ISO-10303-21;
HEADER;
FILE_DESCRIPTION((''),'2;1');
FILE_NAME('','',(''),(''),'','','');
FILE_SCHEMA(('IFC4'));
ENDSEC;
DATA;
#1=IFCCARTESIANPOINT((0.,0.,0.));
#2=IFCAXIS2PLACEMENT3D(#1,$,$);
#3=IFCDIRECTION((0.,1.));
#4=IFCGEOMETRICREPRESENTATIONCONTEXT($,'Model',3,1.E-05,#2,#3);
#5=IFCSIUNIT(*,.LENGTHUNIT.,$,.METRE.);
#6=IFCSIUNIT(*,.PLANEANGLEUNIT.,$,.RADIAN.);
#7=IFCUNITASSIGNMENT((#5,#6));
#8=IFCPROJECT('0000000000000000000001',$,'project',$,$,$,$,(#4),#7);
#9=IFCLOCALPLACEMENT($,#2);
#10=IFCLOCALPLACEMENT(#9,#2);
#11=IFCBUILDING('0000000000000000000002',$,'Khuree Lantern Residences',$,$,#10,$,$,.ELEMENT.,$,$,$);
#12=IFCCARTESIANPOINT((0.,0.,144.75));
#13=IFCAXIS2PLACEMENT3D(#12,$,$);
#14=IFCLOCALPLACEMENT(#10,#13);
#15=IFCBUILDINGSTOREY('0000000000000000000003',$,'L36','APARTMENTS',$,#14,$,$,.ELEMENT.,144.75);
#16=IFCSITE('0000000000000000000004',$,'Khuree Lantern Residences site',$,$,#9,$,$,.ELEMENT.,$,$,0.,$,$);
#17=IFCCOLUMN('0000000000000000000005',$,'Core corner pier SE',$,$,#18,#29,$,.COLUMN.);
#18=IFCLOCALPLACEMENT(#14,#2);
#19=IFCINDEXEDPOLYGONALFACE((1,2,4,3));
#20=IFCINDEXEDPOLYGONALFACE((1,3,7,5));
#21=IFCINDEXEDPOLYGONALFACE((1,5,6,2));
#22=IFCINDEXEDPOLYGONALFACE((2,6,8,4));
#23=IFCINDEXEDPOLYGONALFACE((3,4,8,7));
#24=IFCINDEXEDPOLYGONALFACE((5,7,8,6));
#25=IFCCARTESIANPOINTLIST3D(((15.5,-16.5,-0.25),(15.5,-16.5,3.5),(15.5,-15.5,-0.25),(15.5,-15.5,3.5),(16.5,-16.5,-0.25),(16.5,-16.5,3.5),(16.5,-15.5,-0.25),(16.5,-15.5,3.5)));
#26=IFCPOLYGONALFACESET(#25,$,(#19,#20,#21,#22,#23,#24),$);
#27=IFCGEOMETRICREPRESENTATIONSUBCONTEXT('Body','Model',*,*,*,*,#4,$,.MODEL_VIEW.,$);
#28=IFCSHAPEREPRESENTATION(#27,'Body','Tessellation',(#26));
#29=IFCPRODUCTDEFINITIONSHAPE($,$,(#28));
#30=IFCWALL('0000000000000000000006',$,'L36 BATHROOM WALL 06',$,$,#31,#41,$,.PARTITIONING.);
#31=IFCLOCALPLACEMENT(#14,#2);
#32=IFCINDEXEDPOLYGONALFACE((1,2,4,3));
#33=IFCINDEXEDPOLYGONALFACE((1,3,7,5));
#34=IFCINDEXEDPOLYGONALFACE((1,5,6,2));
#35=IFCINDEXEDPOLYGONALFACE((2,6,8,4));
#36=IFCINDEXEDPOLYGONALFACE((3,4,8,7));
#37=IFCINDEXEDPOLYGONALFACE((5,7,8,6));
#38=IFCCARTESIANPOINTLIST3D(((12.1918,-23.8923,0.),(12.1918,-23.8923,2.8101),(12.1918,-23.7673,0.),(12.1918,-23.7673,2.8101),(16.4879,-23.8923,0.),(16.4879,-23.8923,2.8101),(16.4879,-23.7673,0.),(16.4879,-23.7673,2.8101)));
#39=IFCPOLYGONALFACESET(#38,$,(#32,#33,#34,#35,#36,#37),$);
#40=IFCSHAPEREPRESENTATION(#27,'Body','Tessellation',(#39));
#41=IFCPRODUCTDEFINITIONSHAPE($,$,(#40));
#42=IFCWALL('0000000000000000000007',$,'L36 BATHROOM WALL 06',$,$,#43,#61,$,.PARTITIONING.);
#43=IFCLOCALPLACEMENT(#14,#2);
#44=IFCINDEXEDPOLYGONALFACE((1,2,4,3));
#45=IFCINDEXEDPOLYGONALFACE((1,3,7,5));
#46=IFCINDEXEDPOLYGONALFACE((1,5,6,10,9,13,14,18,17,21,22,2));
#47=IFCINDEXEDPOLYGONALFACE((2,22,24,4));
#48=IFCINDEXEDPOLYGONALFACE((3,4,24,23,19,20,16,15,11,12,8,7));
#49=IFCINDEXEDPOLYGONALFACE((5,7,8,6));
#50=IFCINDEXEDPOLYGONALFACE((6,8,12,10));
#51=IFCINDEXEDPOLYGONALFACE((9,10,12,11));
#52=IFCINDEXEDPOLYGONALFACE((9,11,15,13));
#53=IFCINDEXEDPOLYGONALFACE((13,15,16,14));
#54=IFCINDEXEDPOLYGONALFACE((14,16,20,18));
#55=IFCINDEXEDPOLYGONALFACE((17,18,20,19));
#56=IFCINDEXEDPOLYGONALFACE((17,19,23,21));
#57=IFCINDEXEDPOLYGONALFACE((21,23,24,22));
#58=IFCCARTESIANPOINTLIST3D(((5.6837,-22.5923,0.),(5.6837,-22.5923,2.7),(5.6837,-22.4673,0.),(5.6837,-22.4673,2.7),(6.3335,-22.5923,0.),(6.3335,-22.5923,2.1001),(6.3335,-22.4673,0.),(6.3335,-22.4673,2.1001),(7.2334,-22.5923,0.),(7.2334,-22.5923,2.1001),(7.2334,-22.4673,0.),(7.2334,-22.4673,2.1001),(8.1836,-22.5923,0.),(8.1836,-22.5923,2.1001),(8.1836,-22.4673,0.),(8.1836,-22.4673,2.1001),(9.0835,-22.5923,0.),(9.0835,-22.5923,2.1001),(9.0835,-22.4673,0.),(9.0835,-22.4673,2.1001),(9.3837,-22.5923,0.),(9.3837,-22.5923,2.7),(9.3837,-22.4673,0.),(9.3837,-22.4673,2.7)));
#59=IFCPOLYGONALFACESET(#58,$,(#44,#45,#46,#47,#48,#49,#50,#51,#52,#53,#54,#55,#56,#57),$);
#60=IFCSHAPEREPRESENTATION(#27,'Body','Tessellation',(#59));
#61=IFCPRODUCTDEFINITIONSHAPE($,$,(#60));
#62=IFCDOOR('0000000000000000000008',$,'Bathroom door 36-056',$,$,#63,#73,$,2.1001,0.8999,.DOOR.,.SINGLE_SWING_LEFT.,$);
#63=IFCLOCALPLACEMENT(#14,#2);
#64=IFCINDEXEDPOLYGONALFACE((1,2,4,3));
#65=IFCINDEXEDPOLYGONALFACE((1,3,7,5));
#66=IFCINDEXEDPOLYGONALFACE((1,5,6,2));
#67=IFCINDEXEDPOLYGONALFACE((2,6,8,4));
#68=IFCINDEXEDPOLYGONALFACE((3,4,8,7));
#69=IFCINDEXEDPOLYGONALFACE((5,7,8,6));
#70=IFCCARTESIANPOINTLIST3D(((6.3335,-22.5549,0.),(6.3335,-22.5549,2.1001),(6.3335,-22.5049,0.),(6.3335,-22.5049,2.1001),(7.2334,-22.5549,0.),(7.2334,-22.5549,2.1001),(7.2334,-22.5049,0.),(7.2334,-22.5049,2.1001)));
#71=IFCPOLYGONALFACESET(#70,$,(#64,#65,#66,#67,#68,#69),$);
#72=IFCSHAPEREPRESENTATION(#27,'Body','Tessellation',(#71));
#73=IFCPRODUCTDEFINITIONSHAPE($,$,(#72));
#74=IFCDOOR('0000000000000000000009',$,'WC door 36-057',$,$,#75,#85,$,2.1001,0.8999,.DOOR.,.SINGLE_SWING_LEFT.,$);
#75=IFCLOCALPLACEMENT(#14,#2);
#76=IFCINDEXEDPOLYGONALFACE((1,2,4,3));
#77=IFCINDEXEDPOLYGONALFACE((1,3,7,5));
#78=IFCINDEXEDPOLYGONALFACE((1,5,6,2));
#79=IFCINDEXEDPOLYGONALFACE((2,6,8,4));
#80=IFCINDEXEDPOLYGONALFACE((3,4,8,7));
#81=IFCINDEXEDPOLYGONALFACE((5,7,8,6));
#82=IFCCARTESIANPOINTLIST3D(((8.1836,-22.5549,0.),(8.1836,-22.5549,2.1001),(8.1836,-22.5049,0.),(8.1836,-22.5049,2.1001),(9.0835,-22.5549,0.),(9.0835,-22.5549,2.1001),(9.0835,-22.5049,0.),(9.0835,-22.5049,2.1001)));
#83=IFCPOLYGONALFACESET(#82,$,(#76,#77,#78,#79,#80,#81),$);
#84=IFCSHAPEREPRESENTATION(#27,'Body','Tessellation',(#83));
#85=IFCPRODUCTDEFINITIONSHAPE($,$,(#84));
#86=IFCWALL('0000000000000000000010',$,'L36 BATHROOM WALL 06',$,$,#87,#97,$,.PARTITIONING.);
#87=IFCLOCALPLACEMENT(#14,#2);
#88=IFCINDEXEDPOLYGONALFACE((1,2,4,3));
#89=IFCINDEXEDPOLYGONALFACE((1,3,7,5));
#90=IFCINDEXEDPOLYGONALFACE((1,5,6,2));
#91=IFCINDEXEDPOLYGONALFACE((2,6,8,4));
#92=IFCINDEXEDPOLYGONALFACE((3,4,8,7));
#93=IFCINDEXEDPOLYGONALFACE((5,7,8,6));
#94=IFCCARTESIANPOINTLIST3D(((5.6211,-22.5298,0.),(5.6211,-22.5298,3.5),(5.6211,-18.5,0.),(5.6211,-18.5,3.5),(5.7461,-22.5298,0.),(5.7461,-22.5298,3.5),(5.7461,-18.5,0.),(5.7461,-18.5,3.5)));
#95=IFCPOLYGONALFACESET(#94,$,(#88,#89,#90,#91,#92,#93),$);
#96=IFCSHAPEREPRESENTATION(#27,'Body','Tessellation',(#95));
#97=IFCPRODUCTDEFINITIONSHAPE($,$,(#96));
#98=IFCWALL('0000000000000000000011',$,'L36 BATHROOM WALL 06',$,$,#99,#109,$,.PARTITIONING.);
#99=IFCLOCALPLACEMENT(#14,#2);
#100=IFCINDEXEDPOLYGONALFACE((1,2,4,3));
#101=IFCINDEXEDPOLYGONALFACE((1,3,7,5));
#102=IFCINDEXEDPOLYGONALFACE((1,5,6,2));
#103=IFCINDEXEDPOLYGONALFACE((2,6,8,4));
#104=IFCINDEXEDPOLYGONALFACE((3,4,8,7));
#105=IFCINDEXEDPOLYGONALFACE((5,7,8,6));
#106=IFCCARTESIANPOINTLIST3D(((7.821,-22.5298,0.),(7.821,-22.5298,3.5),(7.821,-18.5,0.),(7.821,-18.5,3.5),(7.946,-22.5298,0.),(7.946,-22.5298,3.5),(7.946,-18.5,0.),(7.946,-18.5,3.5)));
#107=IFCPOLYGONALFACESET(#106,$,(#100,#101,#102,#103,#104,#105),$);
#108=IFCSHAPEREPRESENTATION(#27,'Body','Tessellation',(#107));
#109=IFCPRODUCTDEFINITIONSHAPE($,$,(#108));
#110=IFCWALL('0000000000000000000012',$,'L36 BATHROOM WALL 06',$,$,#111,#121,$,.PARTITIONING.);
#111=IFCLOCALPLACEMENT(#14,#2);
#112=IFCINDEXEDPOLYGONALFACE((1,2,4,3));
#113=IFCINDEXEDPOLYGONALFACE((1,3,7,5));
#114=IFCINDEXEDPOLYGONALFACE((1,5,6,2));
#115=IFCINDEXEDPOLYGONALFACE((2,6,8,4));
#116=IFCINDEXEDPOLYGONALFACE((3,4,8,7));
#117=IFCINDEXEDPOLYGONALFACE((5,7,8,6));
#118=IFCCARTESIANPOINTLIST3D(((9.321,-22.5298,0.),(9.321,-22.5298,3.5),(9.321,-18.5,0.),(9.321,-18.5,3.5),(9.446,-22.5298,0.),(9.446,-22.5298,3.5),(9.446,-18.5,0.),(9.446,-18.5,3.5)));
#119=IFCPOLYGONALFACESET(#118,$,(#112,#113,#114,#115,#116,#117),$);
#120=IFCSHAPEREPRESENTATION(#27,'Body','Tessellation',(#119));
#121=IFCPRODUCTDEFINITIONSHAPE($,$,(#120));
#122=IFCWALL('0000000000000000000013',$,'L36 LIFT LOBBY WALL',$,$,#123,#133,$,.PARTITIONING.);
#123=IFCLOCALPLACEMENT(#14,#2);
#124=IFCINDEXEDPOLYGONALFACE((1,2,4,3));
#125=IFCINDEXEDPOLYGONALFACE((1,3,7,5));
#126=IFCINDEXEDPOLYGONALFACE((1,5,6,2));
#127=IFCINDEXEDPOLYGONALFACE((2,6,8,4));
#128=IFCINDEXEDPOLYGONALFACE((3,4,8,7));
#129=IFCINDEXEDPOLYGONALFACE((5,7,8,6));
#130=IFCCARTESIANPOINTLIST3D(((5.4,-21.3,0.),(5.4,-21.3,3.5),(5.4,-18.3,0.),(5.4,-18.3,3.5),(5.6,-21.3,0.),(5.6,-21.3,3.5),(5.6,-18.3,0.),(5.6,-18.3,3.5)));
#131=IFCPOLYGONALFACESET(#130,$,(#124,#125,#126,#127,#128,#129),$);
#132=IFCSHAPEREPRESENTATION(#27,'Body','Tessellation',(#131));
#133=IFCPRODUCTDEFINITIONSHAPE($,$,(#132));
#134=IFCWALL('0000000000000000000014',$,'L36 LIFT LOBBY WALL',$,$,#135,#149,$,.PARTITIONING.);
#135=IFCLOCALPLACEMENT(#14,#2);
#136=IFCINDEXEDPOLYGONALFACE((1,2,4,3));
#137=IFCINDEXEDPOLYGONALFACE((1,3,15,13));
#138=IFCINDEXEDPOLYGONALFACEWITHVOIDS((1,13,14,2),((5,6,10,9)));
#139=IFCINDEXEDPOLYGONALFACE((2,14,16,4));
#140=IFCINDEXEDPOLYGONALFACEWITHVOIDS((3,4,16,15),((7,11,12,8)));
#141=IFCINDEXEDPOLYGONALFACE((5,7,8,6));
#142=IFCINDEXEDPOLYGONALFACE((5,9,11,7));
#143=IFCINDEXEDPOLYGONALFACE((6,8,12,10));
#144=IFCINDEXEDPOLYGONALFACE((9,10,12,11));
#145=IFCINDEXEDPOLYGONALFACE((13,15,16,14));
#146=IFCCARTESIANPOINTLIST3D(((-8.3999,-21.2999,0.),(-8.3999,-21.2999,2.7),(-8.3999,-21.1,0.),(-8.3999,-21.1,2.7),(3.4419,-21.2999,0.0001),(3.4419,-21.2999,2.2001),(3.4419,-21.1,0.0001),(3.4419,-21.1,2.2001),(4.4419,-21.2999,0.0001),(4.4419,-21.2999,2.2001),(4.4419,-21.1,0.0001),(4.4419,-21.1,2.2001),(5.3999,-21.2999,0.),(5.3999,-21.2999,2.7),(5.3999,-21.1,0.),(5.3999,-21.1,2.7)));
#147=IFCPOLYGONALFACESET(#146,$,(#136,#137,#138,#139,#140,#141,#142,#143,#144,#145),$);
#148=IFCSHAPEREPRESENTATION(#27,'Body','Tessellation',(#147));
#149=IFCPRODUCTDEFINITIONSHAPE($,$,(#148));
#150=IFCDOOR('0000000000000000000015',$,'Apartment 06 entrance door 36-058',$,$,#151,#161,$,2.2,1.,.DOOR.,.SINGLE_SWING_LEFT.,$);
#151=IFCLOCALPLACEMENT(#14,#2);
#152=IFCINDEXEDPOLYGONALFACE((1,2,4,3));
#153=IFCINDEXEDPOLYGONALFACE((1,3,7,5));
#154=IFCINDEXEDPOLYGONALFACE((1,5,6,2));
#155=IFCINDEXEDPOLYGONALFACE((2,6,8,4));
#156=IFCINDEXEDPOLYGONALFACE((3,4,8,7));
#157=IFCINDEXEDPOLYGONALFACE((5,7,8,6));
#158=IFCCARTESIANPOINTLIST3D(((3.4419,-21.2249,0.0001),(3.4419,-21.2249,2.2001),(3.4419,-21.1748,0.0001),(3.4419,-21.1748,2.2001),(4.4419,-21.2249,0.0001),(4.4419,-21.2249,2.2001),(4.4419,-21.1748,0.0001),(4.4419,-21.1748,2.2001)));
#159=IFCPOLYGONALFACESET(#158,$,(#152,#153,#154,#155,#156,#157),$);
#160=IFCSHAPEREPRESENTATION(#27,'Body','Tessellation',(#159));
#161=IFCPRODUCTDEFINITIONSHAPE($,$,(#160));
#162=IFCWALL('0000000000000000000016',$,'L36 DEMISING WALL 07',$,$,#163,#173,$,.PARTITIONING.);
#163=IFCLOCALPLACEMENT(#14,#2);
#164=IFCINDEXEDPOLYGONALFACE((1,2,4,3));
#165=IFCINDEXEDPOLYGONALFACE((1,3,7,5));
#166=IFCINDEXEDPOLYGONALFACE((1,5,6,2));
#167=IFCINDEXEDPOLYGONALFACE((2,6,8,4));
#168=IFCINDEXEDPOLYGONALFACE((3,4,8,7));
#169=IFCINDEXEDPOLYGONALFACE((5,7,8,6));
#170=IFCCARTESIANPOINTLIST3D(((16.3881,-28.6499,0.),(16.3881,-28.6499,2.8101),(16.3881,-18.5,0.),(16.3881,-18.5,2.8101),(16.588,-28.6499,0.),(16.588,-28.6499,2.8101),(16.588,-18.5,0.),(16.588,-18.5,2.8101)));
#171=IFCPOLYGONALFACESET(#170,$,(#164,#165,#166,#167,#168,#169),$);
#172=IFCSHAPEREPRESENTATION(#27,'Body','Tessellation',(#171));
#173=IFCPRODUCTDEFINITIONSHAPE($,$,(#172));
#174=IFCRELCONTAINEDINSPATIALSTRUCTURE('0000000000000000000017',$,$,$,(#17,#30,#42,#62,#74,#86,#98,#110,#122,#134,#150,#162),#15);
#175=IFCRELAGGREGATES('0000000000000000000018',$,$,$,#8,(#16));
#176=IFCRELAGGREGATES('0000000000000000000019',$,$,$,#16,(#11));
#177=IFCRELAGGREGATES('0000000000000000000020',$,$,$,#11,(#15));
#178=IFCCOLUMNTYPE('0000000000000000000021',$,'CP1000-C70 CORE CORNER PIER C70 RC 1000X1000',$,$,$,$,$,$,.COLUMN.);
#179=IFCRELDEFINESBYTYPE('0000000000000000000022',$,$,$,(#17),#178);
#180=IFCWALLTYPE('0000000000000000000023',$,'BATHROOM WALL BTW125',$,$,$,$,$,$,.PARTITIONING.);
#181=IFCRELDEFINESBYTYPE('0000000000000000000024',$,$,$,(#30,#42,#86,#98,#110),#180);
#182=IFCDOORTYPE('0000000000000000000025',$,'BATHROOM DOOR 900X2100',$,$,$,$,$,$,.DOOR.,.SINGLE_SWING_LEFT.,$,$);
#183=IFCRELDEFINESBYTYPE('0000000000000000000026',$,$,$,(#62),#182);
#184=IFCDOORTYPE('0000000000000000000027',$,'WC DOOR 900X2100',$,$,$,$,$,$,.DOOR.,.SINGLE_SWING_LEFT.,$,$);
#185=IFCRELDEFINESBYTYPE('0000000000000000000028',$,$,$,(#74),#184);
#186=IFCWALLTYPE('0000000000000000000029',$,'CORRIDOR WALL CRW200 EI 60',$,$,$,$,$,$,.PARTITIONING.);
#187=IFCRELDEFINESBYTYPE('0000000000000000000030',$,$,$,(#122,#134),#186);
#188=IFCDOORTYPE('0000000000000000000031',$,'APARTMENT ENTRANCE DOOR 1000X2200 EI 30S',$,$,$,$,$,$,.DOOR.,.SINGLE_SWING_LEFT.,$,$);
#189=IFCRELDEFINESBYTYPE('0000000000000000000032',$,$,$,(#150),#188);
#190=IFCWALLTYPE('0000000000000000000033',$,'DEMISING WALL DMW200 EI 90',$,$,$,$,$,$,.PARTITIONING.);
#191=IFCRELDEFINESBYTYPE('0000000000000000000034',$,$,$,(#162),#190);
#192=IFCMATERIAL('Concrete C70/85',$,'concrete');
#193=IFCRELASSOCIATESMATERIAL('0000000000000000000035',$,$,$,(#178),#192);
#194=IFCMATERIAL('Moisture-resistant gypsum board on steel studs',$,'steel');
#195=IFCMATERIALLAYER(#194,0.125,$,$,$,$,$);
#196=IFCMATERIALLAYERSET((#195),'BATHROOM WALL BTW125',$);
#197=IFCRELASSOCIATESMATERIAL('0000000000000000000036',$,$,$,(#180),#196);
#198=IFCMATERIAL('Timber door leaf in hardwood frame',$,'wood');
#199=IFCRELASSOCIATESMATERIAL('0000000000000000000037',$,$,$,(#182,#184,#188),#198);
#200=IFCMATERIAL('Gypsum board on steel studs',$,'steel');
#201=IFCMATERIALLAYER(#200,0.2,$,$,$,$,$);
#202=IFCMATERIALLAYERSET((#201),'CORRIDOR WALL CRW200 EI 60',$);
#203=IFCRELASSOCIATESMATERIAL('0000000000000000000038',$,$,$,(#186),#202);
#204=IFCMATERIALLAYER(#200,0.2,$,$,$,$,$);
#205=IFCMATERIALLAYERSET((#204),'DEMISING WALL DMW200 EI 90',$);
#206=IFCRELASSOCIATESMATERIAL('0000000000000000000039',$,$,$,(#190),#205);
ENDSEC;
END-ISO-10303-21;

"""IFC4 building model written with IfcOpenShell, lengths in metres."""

from ifc_helpers import new_model, si_unit, direction, frame, frame_2d, origin, origin_2d, place, context, subcontext, project, spatial, rectangle, extrude, material, layer, layer_set, material_profile, profile_set, type_object, element, fill, save


model = new_model("IFC4")

# Units and contexts
model_context = context("Model", 3, precision=1e-05, world=origin(), true_north=direction((0.0, 1.0)))
body_context = subcontext(model_context, "Body", "Model", "MODEL_VIEW")
ifc_project = project(units=[si_unit("LENGTHUNIT", "METRE"), si_unit("PLANEANGLEUNIT", "RADIAN")], contexts=[model_context])

# Site, building, storey
site_placement = place(None, origin())
site = spatial("IfcSite", under=ifc_project, at=site_placement, Name="Khuree Lantern Residences site", CompositionType="ELEMENT", RefElevation=0.0)
building_placement = place(site_placement, origin())
building = spatial("IfcBuilding", under=site, at=building_placement, Name="Khuree Lantern Residences", CompositionType="ELEMENT")
storey_placement = place(building_placement, frame((0.0, 0.0, 144.75)))
storey = spatial("IfcBuildingStorey", under=building, at=storey_placement, Name="L36", Description="APARTMENTS", CompositionType="ELEMENT", Elevation=144.75)

# Column
ifc_material_1 = material(Name="Concrete C70/85", Category="concrete")
ifc_material_profile = material_profile(ifc_material_1, rectangle(XDim=1.0, YDim=1.0, at=origin_2d()), Name="RC 1000X1000")
ifc_profile_set = profile_set([ifc_material_profile], Name="Concrete C70/85")
column_type = type_object("IfcColumnType", Name="CP1000-C70 CORE CORNER PIER C70 RC 1000X1000", PredefinedType="COLUMN", material=ifc_profile_set)
column_placement = place(storey_placement, frame((16.0, -16.0, -0.25), z_axis=(0.0, 0.0, 1.0), x_axis=(1.0, 0.0, 0.0)))
element("IfcColumn", 1, at=column_placement, inside=storey, type_object=column_type, Name="Core corner pier SE", PredefinedType="COLUMN", context=body_context, shape_type="SweptSolid", body=[
    extrude(rectangle(XDim=1.0, YDim=1.0, at=origin_2d()), origin(), (0.0, 0.0, 1.0), 3.75),
])

# Wall
ifc_material_2 = material(Name="Moisture-resistant gypsum board on steel studs", Category="steel")
ifc_layer_1 = layer(ifc_material_2, 0.125)
ifc_layer_set_1 = layer_set([ifc_layer_1], Name="BATHROOM WALL BTW125")
wall_type_1 = type_object("IfcWallType", Name="BATHROOM WALL BTW125", PredefinedType="PARTITIONING", material=ifc_layer_set_1)
wall_1_placement = place(storey_placement, frame((12.1919, -23.8298, 0.0), z_axis=(0.0, 0.0, 1.0), x_axis=(1.0, 0.0, 0.0)))
element("IfcWall", 2, at=wall_1_placement, inside=storey, type_object=wall_type_1, Name="L36 BATHROOM WALL 06", PredefinedType="PARTITIONING", context=body_context, shape_type="SweptSolid", body=[
    extrude(rectangle(XDim=4.2961, YDim=0.125, at=frame_2d((2.1479, 0.0))), origin(), (0.0, 0.0, 1.0), 2.8101),
])

# Wall, openings, doors
wall_2_placement = place(storey_placement, frame((5.6836, -22.5298, 0.0), z_axis=(0.0, 0.0, 1.0), x_axis=(1.0, 0.0, 0.0)))
wall_2 = element("IfcWall", 3, at=wall_2_placement, inside=storey, type_object=wall_type_1, Name="L36 BATHROOM WALL 06", PredefinedType="PARTITIONING", context=body_context, shape_type="SweptSolid", body=[
    extrude(rectangle(XDim=3.7, YDim=0.125, at=frame_2d((1.8501, 0.0))), origin(), (0.0, 0.0, 1.0), 2.7),
])
opening_1_placement = place(wall_2_placement, frame((0.6499, 0.0, 0.0)))
opening_1 = element("IfcOpeningElement", 4, at=opening_1_placement, cuts=wall_2, PredefinedType="OPENING", context=body_context, shape_type="SweptSolid", body=[
    extrude(rectangle(XDim=0.8999, YDim=2.1001, at=frame_2d((0.45, 1.05))), frame((0.0, 0.0725, 0.0), z_axis=(0.0, -1.0, 0.0), x_axis=(1.0, 0.0, 0.0)), (0.0, 0.0, 1.0), 0.145),
])
opening_2_placement = place(wall_2_placement, frame((2.5, 0.0, 0.0)))
opening_2 = element("IfcOpeningElement", 5, at=opening_2_placement, cuts=wall_2, PredefinedType="OPENING", context=body_context, shape_type="SweptSolid", body=[
    extrude(rectangle(XDim=0.8999, YDim=2.1001, at=frame_2d((0.45, 1.05))), frame((0.0, 0.0725, 0.0), z_axis=(0.0, -1.0, 0.0), x_axis=(1.0, 0.0, 0.0)), (0.0, 0.0, 1.0), 0.145),
])
ifc_material_3 = material(Name="Timber door leaf in hardwood frame", Category="wood")
door_type_1 = type_object("IfcDoorType", Name="BATHROOM DOOR 900X2100", OperationType="SINGLE_SWING_LEFT", PredefinedType="DOOR", material=ifc_material_3)
door_1_placement = place(opening_1_placement, origin())
door_1 = element("IfcDoor", 6, at=door_1_placement, inside=storey, type_object=door_type_1, Name="Bathroom door 36-056", OperationType="SINGLE_SWING_LEFT", OverallHeight=2.1001, OverallWidth=0.8999, PredefinedType="DOOR", context=body_context, shape_type="SweptSolid", body=[
    extrude(rectangle(XDim=0.8999, YDim=2.1001, at=frame_2d((0.45, 1.05))), frame((0.0, 0.0249, 0.0), z_axis=(0.0, -1.0, 0.0), x_axis=(1.0, 0.0, 0.0)), (0.0, 0.0, 1.0), 0.05),
])
fill(opening_1, door_1)
door_type_2 = type_object("IfcDoorType", Name="WC DOOR 900X2100", OperationType="SINGLE_SWING_LEFT", PredefinedType="DOOR", material=ifc_material_3)
door_2_placement = place(opening_2_placement, origin())
door_2 = element("IfcDoor", 7, at=door_2_placement, inside=storey, type_object=door_type_2, Name="WC door 36-057", OperationType="SINGLE_SWING_LEFT", OverallHeight=2.1001, OverallWidth=0.8999, PredefinedType="DOOR", context=body_context, shape_type="SweptSolid", body=[
    extrude(rectangle(XDim=0.8999, YDim=2.1001, at=frame_2d((0.45, 1.05))), frame((0.0, 0.0249, 0.0), z_axis=(0.0, -1.0, 0.0), x_axis=(1.0, 0.0, 0.0)), (0.0, 0.0, 1.0), 0.05),
])
fill(opening_2, door_2)

# Walls
for number, where, z_axis, x_axis, name in (
    (8, (5.6836, -18.5, 0.0), (0.0, 0.0, 1.0), (0.0, -1.0, 0.0), "L36 BATHROOM WALL 06"),
    (9, (7.8835, -18.5, 0.0), (0.0, 0.0, 1.0), (0.0, -1.0, 0.0), "L36 BATHROOM WALL 06"),
    (10, (9.3835, -18.5, 0.0), (0.0, 0.0, 1.0), (0.0, -1.0, 0.0), "L36 BATHROOM WALL 06"),
):
    element("IfcWall", number, at=place(storey_placement, frame(where, z_axis=z_axis, x_axis=x_axis)), inside=storey, type_object=wall_type_1, Name=name, PredefinedType="PARTITIONING", context=body_context, shape_type="SweptSolid", body=[
        extrude(rectangle(XDim=4.0298, YDim=0.125, at=frame_2d((2.0149, 0.0))), origin(), (0.0, 0.0, 1.0), 3.5),
    ])
ifc_material_4 = material(Name="Gypsum board on steel studs", Category="steel")
ifc_layer_2 = layer(ifc_material_4, 0.2)
ifc_layer_set_2 = layer_set([ifc_layer_2], Name="CORRIDOR WALL CRW200 EI 60")
wall_type_2 = type_object("IfcWallType", Name="CORRIDOR WALL CRW200 EI 60", PredefinedType="PARTITIONING", material=ifc_layer_set_2)
wall_3_placement = place(storey_placement, frame((5.5, -18.3, 0.0), z_axis=(0.0, 0.0, 1.0), x_axis=(0.0, -1.0, 0.0)))
element("IfcWall", 11, at=wall_3_placement, inside=storey, type_object=wall_type_2, Name="L36 LIFT LOBBY WALL", PredefinedType="PARTITIONING", context=body_context, shape_type="SweptSolid", body=[
    extrude(rectangle(XDim=3.0, YDim=0.2, at=frame_2d((1.5, 0.0))), origin(), (0.0, 0.0, 1.0), 3.5),
])

# Wall, opening, door
wall_4_placement = place(storey_placement, frame((5.3999, -21.2, 0.0), z_axis=(0.0, 0.0, 1.0), x_axis=(-1.0, 0.0, 0.0)))
wall_4 = element("IfcWall", 12, at=wall_4_placement, inside=storey, type_object=wall_type_2, Name="L36 LIFT LOBBY WALL", PredefinedType="PARTITIONING", context=body_context, shape_type="SweptSolid", body=[
    extrude(rectangle(XDim=13.7998, YDim=0.2, at=frame_2d((6.8999, 0.0))), origin(), (0.0, 0.0, 1.0), 2.7),
])
opening_3_placement = place(wall_4_placement, frame((0.958, 0.0, 0.0)))
opening_3 = element("IfcOpeningElement", 13, at=opening_3_placement, cuts=wall_4, PredefinedType="OPENING", context=body_context, shape_type="SweptSolid", body=[
    extrude(rectangle(XDim=1.0, YDim=2.2, at=frame_2d((0.5, 1.1001))), frame((0.0, 0.1099, 0.0), z_axis=(0.0, -1.0, 0.0), x_axis=(1.0, 0.0, 0.0)), (0.0, 0.0, 1.0), 0.22),
])
door_type_3 = type_object("IfcDoorType", Name="APARTMENT ENTRANCE DOOR 1000X2200 EI 30S", OperationType="SINGLE_SWING_LEFT", PredefinedType="DOOR", material=ifc_material_3)
door_3_placement = place(opening_3_placement, origin())
door_3 = element("IfcDoor", 14, at=door_3_placement, inside=storey, type_object=door_type_3, Name="Apartment 06 entrance door 36-058", OperationType="SINGLE_SWING_LEFT", OverallHeight=2.2, OverallWidth=1.0, PredefinedType="DOOR", context=body_context, shape_type="SweptSolid", body=[
    extrude(rectangle(XDim=1.0, YDim=2.2, at=frame_2d((0.5, 1.1001))), frame((0.0, 0.0249, 0.0), z_axis=(0.0, -1.0, 0.0), x_axis=(1.0, 0.0, 0.0)), (0.0, 0.0, 1.0), 0.05),
])
fill(opening_3, door_3)

# Wall
ifc_layer_3 = layer(ifc_material_4, 0.2)
ifc_layer_set_3 = layer_set([ifc_layer_3], Name="DEMISING WALL DMW200 EI 90")
wall_type_3 = type_object("IfcWallType", Name="DEMISING WALL DMW200 EI 90", PredefinedType="PARTITIONING", material=ifc_layer_set_3)
wall_5_placement = place(storey_placement, frame((16.488, -18.5, 0.0), z_axis=(0.0, 0.0, 1.0), x_axis=(0.0, -1.0, 0.0)))
element("IfcWall", 15, at=wall_5_placement, inside=storey, type_object=wall_type_3, Name="L36 DEMISING WALL 07", PredefinedType="PARTITIONING", context=body_context, shape_type="SweptSolid", body=[
    extrude(rectangle(XDim=10.1499, YDim=0.2, at=frame_2d((5.075, 0.0))), origin(), (0.0, 0.0, 1.0), 2.8101),
])

save(model, "model.ifc")
